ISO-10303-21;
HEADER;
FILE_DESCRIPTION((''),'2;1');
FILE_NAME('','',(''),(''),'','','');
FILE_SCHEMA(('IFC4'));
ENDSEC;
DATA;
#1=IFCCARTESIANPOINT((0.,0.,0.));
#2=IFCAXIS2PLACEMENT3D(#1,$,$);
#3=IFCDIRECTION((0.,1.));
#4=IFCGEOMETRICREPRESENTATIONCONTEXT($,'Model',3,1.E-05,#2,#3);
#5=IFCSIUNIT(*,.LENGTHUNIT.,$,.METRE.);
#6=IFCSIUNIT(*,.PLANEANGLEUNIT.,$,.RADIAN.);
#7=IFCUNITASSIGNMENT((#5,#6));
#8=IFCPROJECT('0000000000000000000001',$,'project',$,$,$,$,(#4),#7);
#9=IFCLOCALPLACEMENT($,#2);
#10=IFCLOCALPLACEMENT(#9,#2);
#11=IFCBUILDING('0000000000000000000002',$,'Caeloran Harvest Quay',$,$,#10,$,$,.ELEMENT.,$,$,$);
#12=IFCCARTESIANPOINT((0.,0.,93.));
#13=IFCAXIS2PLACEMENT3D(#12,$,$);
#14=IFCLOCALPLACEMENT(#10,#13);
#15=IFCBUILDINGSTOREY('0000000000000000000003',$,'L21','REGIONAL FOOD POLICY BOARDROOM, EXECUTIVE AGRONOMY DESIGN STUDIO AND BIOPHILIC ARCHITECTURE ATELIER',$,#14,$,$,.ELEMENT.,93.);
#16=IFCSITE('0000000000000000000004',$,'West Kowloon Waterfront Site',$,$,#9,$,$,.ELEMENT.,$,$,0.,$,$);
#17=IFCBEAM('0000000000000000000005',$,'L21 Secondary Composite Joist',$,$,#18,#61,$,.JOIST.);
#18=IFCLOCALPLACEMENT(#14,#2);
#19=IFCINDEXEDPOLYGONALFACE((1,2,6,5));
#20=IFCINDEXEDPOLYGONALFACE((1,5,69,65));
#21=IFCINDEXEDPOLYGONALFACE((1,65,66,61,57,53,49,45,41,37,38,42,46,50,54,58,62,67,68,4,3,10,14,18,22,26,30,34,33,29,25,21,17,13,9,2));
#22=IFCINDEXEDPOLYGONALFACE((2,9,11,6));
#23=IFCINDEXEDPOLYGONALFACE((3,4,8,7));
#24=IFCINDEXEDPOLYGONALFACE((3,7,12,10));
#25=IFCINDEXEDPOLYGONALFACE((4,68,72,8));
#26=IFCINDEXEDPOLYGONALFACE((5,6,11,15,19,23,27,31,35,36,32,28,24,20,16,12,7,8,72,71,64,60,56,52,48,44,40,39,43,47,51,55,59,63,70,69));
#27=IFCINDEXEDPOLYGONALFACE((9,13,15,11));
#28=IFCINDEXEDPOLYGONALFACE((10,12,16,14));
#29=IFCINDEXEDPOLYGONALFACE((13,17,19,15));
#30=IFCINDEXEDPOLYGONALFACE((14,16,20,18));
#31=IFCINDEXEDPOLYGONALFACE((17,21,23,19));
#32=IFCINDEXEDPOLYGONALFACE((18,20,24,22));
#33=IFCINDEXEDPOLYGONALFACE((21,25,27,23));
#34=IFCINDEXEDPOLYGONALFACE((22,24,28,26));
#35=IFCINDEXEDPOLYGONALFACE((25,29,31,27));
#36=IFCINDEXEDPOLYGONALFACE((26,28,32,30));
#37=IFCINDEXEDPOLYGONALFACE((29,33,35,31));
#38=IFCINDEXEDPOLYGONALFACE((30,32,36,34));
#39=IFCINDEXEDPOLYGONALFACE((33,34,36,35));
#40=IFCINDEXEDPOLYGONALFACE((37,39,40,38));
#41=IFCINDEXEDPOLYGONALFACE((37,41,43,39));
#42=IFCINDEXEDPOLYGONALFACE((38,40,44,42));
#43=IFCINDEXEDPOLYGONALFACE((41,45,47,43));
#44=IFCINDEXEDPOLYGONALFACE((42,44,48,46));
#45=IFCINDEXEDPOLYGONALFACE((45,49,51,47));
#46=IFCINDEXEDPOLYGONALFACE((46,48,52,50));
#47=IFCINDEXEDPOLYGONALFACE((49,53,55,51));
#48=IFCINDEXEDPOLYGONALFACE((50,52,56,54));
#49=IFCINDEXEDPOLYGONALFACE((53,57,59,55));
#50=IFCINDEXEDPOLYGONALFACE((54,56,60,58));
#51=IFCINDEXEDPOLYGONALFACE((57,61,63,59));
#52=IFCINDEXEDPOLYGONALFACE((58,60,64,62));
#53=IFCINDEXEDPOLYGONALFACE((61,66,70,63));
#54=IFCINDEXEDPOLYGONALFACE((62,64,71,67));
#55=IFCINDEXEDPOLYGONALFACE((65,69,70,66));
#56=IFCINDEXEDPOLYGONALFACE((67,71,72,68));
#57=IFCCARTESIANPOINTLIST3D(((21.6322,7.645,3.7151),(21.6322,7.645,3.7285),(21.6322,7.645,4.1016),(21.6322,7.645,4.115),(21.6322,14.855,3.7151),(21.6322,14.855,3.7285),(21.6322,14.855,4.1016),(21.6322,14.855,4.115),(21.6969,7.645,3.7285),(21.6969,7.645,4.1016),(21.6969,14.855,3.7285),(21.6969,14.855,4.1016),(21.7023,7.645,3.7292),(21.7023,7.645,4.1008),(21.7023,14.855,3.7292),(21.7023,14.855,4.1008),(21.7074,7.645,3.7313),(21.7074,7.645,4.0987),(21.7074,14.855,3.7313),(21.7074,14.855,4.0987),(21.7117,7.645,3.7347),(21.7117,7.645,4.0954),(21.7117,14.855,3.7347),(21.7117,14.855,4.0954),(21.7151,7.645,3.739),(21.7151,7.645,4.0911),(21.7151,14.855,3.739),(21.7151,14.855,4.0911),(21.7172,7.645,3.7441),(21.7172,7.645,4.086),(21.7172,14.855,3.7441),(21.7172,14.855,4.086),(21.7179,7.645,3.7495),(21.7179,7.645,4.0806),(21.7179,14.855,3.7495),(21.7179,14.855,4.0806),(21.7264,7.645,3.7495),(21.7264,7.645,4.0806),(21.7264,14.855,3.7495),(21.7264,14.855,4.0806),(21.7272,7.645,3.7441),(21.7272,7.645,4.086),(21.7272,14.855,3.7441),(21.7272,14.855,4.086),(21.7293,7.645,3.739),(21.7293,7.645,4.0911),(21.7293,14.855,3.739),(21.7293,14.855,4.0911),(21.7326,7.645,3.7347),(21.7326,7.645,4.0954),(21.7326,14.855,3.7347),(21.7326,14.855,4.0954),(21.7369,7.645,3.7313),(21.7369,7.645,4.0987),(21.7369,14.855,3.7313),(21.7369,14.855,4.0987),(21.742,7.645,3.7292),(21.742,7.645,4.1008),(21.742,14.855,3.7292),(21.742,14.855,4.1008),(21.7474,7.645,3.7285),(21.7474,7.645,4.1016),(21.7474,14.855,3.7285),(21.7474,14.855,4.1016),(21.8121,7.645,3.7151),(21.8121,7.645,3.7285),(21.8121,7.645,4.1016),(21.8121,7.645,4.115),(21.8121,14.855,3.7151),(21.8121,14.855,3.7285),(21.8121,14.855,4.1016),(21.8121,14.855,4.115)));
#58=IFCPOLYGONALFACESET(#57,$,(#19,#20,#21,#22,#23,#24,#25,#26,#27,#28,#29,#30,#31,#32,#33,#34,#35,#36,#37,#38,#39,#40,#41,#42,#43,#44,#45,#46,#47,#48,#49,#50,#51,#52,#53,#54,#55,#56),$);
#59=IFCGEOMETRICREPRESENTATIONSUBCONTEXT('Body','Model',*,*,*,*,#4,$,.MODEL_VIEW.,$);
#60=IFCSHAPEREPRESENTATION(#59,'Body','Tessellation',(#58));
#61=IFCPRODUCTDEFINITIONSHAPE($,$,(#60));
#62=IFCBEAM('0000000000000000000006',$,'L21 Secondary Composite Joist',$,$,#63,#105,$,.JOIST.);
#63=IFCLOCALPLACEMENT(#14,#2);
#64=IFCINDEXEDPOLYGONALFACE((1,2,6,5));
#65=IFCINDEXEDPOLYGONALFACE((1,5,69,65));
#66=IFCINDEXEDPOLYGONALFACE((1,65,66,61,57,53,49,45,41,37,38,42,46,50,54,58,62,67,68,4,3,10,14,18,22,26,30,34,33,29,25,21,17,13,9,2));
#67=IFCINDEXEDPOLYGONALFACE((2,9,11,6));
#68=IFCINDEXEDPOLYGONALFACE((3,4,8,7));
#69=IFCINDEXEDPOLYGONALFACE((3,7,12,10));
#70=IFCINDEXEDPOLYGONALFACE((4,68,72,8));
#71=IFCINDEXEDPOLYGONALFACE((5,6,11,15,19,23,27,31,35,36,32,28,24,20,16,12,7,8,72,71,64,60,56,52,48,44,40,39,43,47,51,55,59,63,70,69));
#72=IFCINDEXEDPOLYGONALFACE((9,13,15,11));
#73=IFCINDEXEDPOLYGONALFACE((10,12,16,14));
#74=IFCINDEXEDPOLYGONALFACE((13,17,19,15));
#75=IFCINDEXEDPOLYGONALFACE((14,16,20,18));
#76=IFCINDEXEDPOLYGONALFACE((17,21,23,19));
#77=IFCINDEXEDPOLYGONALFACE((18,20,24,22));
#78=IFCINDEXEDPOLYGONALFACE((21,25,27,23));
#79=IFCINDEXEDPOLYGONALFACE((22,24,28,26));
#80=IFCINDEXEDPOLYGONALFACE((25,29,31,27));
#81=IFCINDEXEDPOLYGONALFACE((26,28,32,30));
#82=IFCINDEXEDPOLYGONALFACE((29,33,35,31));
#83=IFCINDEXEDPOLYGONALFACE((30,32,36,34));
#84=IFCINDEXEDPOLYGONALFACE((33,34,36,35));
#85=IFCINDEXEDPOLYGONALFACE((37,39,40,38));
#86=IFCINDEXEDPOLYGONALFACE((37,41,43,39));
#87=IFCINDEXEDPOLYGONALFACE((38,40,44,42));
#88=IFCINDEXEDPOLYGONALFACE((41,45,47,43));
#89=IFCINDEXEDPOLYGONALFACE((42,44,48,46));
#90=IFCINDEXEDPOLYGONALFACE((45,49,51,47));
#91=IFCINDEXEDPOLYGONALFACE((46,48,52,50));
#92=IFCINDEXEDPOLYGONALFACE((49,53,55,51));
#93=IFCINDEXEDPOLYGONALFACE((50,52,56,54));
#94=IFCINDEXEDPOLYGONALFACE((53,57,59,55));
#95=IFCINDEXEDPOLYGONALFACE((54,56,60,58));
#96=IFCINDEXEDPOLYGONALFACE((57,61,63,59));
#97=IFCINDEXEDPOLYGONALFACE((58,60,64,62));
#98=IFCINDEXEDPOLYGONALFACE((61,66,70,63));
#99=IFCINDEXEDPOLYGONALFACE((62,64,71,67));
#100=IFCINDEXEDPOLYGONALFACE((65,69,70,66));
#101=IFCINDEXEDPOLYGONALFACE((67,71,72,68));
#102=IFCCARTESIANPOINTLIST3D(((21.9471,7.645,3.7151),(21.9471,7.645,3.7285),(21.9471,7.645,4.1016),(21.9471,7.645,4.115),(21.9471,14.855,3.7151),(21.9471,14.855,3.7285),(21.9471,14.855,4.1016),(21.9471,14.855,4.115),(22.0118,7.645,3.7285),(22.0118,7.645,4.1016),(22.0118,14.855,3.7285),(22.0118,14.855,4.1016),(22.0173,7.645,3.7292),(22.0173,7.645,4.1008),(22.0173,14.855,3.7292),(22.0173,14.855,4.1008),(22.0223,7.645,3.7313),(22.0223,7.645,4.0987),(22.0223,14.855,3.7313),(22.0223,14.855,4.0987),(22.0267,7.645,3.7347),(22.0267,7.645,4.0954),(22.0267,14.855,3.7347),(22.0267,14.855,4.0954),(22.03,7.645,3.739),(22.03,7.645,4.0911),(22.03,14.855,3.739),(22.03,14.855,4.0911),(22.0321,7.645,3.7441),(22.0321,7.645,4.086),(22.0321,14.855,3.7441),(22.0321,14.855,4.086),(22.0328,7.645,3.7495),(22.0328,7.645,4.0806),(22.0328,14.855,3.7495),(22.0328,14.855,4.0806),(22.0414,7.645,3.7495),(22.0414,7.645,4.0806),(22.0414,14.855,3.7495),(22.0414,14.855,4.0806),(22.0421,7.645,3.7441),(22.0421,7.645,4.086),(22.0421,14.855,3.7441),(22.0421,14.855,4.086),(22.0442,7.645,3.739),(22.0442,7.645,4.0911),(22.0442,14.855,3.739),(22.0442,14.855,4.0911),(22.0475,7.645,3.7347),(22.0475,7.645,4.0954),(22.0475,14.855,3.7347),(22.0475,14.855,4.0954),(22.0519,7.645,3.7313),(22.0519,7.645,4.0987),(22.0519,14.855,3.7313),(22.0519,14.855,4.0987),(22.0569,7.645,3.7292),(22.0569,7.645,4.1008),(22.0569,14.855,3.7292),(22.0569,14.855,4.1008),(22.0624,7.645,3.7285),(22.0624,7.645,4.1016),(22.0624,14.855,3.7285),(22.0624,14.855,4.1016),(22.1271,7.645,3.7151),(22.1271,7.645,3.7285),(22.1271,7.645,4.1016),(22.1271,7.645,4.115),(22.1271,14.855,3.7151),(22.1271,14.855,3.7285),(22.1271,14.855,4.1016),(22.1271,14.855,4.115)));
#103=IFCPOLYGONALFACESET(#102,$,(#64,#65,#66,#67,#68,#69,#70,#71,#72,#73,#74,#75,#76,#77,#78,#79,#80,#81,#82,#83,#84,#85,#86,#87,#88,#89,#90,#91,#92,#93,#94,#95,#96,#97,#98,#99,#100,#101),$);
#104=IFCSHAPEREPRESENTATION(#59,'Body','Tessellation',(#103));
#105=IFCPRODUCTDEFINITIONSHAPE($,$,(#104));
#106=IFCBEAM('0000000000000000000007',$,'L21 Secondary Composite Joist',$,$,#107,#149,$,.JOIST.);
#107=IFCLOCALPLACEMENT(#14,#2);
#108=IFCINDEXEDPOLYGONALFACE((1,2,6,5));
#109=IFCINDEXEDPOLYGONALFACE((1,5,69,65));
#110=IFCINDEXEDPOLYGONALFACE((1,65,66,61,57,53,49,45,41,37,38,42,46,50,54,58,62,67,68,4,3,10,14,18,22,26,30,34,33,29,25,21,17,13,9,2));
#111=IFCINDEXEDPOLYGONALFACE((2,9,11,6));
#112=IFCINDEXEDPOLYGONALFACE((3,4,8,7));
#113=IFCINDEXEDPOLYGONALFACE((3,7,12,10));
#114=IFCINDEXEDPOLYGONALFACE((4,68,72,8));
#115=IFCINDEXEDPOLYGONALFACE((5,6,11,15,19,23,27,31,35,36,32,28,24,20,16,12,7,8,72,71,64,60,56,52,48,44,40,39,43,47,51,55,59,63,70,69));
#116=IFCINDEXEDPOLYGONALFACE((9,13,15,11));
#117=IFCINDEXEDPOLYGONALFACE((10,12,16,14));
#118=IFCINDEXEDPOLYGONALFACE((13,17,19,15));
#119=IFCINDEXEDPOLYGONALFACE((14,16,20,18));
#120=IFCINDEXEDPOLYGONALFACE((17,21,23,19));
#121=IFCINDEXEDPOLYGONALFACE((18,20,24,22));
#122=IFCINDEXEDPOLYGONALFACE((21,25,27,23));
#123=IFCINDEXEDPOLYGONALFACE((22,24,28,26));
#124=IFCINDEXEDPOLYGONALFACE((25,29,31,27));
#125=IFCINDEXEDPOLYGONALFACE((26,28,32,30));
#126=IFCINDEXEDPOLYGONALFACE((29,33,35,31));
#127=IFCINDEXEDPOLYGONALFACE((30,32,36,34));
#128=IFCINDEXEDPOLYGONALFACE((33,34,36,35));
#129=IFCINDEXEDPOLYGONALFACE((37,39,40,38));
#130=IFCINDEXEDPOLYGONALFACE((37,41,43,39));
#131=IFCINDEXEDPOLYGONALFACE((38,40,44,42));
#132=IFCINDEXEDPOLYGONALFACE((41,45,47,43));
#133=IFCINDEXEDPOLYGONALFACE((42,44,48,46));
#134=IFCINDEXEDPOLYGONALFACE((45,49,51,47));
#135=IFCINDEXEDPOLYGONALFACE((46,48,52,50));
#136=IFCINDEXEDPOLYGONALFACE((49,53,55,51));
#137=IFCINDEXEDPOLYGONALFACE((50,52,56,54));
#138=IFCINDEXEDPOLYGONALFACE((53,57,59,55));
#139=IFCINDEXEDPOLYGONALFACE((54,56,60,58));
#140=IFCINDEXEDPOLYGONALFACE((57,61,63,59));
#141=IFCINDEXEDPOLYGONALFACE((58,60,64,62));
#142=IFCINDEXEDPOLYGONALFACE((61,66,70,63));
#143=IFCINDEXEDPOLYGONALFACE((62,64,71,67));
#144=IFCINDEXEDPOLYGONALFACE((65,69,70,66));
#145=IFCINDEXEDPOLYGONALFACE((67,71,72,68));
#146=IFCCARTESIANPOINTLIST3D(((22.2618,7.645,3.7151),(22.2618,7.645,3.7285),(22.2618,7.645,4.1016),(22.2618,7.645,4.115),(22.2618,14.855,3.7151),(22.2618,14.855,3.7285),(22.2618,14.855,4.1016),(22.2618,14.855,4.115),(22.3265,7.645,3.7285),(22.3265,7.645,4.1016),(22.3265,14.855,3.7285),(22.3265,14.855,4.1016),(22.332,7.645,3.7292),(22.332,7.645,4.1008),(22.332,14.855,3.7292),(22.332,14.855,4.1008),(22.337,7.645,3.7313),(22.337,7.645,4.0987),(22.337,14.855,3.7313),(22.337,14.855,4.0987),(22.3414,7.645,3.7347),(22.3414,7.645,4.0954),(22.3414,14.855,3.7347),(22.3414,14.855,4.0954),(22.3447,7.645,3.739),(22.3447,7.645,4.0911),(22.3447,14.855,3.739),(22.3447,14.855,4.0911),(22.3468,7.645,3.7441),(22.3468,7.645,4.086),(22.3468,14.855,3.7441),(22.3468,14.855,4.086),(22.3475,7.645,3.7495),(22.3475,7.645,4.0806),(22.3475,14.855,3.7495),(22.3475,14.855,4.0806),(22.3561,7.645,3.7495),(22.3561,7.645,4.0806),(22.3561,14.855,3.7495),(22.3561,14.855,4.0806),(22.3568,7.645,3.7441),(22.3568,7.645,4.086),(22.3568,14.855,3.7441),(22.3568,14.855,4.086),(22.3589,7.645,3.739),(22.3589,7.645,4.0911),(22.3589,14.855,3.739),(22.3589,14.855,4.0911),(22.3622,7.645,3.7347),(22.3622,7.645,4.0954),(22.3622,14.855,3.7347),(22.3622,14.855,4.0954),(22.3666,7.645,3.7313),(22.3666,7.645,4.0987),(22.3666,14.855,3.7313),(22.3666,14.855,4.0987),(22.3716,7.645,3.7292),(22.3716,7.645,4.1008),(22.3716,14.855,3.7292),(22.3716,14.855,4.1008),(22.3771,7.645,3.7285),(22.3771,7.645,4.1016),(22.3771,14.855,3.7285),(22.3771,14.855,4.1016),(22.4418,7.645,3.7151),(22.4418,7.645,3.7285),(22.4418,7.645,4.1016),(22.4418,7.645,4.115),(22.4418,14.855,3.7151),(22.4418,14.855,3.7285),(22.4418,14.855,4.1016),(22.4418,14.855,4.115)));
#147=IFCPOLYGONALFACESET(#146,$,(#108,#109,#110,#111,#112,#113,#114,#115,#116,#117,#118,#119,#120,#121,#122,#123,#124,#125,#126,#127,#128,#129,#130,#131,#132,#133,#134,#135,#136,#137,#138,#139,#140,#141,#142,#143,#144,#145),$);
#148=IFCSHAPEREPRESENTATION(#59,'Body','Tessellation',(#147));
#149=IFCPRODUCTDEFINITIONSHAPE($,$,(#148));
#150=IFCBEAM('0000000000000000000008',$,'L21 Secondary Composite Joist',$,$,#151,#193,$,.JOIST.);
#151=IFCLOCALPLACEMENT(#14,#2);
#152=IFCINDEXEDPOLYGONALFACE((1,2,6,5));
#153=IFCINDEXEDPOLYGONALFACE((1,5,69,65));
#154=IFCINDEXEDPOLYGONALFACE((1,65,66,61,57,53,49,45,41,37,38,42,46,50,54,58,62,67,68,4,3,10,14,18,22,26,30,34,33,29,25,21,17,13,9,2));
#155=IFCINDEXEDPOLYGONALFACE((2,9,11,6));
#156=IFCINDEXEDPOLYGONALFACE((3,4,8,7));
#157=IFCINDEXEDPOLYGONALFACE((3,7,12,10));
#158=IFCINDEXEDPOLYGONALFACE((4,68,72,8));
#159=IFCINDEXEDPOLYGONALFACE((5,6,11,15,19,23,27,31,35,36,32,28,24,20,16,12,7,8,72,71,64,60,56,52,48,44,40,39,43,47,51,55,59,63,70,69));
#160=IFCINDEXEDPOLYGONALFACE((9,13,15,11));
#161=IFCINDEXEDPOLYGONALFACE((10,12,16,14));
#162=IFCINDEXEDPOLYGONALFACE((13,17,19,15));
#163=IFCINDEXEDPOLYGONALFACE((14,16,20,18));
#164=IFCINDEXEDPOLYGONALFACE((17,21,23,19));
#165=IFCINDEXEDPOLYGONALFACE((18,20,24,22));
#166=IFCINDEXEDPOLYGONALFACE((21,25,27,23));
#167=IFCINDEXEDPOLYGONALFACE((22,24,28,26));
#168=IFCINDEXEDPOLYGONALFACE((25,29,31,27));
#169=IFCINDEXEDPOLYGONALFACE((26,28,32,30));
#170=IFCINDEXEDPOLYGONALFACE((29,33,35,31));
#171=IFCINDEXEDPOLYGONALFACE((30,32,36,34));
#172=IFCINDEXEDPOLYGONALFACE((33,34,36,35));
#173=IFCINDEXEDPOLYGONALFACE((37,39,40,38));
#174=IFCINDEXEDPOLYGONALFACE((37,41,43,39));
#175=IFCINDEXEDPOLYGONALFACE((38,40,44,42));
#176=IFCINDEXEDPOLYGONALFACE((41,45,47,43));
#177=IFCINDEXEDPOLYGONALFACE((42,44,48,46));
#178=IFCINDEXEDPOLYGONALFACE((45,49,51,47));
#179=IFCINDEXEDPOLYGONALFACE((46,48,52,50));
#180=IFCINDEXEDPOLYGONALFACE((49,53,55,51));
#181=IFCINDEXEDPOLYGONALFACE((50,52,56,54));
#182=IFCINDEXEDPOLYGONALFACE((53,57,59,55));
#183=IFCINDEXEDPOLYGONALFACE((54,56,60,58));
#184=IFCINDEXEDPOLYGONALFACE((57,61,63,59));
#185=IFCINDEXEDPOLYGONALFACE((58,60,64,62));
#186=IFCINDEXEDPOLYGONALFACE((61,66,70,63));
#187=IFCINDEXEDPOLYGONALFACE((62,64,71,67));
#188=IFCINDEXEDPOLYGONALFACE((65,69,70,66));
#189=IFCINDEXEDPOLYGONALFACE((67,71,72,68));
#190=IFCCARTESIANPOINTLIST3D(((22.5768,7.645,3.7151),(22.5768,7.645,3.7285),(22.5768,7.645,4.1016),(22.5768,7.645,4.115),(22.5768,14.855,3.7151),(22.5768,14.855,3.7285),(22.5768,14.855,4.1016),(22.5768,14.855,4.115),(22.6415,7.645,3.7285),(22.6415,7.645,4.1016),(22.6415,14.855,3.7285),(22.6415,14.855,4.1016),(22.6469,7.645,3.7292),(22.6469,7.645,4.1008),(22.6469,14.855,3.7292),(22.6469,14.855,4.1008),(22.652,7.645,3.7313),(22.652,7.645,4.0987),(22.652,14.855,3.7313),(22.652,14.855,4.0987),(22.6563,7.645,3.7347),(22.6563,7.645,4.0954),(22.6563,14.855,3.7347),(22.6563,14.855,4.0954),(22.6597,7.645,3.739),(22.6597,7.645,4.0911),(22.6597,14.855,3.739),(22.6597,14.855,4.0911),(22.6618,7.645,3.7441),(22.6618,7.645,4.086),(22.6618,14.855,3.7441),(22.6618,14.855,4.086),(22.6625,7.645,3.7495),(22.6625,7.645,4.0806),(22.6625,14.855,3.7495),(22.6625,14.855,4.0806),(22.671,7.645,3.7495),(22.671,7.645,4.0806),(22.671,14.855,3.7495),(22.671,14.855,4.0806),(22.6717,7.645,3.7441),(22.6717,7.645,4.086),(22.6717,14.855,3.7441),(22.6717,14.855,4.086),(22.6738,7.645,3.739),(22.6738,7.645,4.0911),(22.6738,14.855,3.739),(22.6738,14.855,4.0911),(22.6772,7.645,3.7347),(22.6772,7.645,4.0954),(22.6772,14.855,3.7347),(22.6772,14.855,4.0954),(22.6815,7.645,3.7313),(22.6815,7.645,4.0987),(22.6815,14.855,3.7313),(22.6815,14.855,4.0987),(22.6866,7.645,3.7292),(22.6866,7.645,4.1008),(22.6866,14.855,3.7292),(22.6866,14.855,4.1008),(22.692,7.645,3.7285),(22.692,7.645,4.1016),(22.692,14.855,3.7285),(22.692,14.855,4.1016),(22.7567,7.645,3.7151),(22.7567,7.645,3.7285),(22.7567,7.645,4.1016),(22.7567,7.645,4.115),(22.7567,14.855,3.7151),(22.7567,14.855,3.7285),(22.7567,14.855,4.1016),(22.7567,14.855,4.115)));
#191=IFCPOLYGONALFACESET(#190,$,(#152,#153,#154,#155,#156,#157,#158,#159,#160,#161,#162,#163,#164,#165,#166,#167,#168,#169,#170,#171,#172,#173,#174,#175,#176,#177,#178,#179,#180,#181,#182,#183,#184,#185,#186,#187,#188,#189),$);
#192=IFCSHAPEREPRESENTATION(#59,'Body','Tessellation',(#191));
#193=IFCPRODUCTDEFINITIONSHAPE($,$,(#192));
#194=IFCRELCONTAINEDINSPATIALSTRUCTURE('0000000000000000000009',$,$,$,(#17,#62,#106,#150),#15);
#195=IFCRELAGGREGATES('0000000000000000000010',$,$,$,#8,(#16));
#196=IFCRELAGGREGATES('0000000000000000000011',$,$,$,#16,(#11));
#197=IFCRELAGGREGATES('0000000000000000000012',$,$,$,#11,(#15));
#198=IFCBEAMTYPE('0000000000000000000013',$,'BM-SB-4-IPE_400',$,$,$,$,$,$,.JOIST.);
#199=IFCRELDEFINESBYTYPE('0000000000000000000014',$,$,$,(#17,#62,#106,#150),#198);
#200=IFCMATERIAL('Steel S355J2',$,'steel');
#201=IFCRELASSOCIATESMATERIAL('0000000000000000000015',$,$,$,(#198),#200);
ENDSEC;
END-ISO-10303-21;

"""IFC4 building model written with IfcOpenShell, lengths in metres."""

from ifc_helpers import new_model, si_unit, direction, frame, origin, origin_2d, place, context, subcontext, project, spatial, i_section, extrude, material, material_profile, profile_set, type_object, element, save


model = new_model("IFC4")

# Units and contexts
model_context = context("Model", 3, precision=1e-05, world=origin(), true_north=direction((0.0, 1.0)))
body_context = subcontext(model_context, "Body", "Model", "MODEL_VIEW")
ifc_project = project(units=[si_unit("LENGTHUNIT", "METRE"), si_unit("PLANEANGLEUNIT", "RADIAN")], contexts=[model_context])

# Site, building, storey
site_placement = place(None, origin())
site = spatial("IfcSite", under=ifc_project, at=site_placement, Name="West Kowloon Waterfront Site", CompositionType="ELEMENT", RefElevation=0.0)
building_placement = place(site_placement, origin())
building = spatial("IfcBuilding", under=site, at=building_placement, Name="Caeloran Harvest Quay", CompositionType="ELEMENT")
storey_placement = place(building_placement, frame((0.0, 0.0, 93.0)))
storey = spatial("IfcBuildingStorey", under=building, at=storey_placement, Name="L21", Description="REGIONAL FOOD POLICY BOARDROOM, EXECUTIVE AGRONOMY DESIGN STUDIO AND BIOPHILIC ARCHITECTURE ATELIER", CompositionType="ELEMENT", Elevation=93.0)

# Beams
ifc_material_1 = material(Name="Steel S355J2", Category="steel")
ifc_material_profile_1 = material_profile(ifc_material_1, i_section(OverallWidth=0.1799, OverallDepth=0.3999, WebThickness=0.0085, FlangeThickness=0.0134, FilletRadius=0.021, at=origin_2d()), Name="IPE 400")
ifc_profile_set_1 = profile_set([ifc_material_profile_1], Name="Steel S355J2")
beam_type_1 = type_object("IfcBeamType", Name="BM-SB-4-IPE_400", PredefinedType="JOIST", material=ifc_profile_set_1)
for number, where, z_axis, x_axis, name in (
    (1, (21.7222, 7.645, 3.915), (0.0, 1.0, 0.0), (-1.0, 0.0, 0.0), "L21 Secondary Composite Joist"),
    (2, (22.0371, 7.645, 3.915), (0.0, 1.0, 0.0), (-1.0, 0.0, 0.0), "L21 Secondary Composite Joist"),
    (3, (22.3518, 7.645, 3.915), (0.0, 1.0, 0.0), (-1.0, 0.0, 0.0), "L21 Secondary Composite Joist"),
    (4, (22.6667, 7.645, 3.915), (0.0, 1.0, 0.0), (-1.0, 0.0, 0.0), "L21 Secondary Composite Joist"),
):
    element("IfcBeam", number, at=place(storey_placement, frame(where, z_axis=z_axis, x_axis=x_axis)), inside=storey, type_object=beam_type_1, Name=name, PredefinedType="JOIST", context=body_context, shape_type="SweptSolid", body=[
        extrude(i_section(OverallWidth=0.1799, OverallDepth=0.3999, WebThickness=0.0085, FlangeThickness=0.0134, FilletRadius=0.021, at=origin_2d()), origin(), (0.0, 0.0, 1.0), 7.21),
    ])

save(model, "model.ifc")
